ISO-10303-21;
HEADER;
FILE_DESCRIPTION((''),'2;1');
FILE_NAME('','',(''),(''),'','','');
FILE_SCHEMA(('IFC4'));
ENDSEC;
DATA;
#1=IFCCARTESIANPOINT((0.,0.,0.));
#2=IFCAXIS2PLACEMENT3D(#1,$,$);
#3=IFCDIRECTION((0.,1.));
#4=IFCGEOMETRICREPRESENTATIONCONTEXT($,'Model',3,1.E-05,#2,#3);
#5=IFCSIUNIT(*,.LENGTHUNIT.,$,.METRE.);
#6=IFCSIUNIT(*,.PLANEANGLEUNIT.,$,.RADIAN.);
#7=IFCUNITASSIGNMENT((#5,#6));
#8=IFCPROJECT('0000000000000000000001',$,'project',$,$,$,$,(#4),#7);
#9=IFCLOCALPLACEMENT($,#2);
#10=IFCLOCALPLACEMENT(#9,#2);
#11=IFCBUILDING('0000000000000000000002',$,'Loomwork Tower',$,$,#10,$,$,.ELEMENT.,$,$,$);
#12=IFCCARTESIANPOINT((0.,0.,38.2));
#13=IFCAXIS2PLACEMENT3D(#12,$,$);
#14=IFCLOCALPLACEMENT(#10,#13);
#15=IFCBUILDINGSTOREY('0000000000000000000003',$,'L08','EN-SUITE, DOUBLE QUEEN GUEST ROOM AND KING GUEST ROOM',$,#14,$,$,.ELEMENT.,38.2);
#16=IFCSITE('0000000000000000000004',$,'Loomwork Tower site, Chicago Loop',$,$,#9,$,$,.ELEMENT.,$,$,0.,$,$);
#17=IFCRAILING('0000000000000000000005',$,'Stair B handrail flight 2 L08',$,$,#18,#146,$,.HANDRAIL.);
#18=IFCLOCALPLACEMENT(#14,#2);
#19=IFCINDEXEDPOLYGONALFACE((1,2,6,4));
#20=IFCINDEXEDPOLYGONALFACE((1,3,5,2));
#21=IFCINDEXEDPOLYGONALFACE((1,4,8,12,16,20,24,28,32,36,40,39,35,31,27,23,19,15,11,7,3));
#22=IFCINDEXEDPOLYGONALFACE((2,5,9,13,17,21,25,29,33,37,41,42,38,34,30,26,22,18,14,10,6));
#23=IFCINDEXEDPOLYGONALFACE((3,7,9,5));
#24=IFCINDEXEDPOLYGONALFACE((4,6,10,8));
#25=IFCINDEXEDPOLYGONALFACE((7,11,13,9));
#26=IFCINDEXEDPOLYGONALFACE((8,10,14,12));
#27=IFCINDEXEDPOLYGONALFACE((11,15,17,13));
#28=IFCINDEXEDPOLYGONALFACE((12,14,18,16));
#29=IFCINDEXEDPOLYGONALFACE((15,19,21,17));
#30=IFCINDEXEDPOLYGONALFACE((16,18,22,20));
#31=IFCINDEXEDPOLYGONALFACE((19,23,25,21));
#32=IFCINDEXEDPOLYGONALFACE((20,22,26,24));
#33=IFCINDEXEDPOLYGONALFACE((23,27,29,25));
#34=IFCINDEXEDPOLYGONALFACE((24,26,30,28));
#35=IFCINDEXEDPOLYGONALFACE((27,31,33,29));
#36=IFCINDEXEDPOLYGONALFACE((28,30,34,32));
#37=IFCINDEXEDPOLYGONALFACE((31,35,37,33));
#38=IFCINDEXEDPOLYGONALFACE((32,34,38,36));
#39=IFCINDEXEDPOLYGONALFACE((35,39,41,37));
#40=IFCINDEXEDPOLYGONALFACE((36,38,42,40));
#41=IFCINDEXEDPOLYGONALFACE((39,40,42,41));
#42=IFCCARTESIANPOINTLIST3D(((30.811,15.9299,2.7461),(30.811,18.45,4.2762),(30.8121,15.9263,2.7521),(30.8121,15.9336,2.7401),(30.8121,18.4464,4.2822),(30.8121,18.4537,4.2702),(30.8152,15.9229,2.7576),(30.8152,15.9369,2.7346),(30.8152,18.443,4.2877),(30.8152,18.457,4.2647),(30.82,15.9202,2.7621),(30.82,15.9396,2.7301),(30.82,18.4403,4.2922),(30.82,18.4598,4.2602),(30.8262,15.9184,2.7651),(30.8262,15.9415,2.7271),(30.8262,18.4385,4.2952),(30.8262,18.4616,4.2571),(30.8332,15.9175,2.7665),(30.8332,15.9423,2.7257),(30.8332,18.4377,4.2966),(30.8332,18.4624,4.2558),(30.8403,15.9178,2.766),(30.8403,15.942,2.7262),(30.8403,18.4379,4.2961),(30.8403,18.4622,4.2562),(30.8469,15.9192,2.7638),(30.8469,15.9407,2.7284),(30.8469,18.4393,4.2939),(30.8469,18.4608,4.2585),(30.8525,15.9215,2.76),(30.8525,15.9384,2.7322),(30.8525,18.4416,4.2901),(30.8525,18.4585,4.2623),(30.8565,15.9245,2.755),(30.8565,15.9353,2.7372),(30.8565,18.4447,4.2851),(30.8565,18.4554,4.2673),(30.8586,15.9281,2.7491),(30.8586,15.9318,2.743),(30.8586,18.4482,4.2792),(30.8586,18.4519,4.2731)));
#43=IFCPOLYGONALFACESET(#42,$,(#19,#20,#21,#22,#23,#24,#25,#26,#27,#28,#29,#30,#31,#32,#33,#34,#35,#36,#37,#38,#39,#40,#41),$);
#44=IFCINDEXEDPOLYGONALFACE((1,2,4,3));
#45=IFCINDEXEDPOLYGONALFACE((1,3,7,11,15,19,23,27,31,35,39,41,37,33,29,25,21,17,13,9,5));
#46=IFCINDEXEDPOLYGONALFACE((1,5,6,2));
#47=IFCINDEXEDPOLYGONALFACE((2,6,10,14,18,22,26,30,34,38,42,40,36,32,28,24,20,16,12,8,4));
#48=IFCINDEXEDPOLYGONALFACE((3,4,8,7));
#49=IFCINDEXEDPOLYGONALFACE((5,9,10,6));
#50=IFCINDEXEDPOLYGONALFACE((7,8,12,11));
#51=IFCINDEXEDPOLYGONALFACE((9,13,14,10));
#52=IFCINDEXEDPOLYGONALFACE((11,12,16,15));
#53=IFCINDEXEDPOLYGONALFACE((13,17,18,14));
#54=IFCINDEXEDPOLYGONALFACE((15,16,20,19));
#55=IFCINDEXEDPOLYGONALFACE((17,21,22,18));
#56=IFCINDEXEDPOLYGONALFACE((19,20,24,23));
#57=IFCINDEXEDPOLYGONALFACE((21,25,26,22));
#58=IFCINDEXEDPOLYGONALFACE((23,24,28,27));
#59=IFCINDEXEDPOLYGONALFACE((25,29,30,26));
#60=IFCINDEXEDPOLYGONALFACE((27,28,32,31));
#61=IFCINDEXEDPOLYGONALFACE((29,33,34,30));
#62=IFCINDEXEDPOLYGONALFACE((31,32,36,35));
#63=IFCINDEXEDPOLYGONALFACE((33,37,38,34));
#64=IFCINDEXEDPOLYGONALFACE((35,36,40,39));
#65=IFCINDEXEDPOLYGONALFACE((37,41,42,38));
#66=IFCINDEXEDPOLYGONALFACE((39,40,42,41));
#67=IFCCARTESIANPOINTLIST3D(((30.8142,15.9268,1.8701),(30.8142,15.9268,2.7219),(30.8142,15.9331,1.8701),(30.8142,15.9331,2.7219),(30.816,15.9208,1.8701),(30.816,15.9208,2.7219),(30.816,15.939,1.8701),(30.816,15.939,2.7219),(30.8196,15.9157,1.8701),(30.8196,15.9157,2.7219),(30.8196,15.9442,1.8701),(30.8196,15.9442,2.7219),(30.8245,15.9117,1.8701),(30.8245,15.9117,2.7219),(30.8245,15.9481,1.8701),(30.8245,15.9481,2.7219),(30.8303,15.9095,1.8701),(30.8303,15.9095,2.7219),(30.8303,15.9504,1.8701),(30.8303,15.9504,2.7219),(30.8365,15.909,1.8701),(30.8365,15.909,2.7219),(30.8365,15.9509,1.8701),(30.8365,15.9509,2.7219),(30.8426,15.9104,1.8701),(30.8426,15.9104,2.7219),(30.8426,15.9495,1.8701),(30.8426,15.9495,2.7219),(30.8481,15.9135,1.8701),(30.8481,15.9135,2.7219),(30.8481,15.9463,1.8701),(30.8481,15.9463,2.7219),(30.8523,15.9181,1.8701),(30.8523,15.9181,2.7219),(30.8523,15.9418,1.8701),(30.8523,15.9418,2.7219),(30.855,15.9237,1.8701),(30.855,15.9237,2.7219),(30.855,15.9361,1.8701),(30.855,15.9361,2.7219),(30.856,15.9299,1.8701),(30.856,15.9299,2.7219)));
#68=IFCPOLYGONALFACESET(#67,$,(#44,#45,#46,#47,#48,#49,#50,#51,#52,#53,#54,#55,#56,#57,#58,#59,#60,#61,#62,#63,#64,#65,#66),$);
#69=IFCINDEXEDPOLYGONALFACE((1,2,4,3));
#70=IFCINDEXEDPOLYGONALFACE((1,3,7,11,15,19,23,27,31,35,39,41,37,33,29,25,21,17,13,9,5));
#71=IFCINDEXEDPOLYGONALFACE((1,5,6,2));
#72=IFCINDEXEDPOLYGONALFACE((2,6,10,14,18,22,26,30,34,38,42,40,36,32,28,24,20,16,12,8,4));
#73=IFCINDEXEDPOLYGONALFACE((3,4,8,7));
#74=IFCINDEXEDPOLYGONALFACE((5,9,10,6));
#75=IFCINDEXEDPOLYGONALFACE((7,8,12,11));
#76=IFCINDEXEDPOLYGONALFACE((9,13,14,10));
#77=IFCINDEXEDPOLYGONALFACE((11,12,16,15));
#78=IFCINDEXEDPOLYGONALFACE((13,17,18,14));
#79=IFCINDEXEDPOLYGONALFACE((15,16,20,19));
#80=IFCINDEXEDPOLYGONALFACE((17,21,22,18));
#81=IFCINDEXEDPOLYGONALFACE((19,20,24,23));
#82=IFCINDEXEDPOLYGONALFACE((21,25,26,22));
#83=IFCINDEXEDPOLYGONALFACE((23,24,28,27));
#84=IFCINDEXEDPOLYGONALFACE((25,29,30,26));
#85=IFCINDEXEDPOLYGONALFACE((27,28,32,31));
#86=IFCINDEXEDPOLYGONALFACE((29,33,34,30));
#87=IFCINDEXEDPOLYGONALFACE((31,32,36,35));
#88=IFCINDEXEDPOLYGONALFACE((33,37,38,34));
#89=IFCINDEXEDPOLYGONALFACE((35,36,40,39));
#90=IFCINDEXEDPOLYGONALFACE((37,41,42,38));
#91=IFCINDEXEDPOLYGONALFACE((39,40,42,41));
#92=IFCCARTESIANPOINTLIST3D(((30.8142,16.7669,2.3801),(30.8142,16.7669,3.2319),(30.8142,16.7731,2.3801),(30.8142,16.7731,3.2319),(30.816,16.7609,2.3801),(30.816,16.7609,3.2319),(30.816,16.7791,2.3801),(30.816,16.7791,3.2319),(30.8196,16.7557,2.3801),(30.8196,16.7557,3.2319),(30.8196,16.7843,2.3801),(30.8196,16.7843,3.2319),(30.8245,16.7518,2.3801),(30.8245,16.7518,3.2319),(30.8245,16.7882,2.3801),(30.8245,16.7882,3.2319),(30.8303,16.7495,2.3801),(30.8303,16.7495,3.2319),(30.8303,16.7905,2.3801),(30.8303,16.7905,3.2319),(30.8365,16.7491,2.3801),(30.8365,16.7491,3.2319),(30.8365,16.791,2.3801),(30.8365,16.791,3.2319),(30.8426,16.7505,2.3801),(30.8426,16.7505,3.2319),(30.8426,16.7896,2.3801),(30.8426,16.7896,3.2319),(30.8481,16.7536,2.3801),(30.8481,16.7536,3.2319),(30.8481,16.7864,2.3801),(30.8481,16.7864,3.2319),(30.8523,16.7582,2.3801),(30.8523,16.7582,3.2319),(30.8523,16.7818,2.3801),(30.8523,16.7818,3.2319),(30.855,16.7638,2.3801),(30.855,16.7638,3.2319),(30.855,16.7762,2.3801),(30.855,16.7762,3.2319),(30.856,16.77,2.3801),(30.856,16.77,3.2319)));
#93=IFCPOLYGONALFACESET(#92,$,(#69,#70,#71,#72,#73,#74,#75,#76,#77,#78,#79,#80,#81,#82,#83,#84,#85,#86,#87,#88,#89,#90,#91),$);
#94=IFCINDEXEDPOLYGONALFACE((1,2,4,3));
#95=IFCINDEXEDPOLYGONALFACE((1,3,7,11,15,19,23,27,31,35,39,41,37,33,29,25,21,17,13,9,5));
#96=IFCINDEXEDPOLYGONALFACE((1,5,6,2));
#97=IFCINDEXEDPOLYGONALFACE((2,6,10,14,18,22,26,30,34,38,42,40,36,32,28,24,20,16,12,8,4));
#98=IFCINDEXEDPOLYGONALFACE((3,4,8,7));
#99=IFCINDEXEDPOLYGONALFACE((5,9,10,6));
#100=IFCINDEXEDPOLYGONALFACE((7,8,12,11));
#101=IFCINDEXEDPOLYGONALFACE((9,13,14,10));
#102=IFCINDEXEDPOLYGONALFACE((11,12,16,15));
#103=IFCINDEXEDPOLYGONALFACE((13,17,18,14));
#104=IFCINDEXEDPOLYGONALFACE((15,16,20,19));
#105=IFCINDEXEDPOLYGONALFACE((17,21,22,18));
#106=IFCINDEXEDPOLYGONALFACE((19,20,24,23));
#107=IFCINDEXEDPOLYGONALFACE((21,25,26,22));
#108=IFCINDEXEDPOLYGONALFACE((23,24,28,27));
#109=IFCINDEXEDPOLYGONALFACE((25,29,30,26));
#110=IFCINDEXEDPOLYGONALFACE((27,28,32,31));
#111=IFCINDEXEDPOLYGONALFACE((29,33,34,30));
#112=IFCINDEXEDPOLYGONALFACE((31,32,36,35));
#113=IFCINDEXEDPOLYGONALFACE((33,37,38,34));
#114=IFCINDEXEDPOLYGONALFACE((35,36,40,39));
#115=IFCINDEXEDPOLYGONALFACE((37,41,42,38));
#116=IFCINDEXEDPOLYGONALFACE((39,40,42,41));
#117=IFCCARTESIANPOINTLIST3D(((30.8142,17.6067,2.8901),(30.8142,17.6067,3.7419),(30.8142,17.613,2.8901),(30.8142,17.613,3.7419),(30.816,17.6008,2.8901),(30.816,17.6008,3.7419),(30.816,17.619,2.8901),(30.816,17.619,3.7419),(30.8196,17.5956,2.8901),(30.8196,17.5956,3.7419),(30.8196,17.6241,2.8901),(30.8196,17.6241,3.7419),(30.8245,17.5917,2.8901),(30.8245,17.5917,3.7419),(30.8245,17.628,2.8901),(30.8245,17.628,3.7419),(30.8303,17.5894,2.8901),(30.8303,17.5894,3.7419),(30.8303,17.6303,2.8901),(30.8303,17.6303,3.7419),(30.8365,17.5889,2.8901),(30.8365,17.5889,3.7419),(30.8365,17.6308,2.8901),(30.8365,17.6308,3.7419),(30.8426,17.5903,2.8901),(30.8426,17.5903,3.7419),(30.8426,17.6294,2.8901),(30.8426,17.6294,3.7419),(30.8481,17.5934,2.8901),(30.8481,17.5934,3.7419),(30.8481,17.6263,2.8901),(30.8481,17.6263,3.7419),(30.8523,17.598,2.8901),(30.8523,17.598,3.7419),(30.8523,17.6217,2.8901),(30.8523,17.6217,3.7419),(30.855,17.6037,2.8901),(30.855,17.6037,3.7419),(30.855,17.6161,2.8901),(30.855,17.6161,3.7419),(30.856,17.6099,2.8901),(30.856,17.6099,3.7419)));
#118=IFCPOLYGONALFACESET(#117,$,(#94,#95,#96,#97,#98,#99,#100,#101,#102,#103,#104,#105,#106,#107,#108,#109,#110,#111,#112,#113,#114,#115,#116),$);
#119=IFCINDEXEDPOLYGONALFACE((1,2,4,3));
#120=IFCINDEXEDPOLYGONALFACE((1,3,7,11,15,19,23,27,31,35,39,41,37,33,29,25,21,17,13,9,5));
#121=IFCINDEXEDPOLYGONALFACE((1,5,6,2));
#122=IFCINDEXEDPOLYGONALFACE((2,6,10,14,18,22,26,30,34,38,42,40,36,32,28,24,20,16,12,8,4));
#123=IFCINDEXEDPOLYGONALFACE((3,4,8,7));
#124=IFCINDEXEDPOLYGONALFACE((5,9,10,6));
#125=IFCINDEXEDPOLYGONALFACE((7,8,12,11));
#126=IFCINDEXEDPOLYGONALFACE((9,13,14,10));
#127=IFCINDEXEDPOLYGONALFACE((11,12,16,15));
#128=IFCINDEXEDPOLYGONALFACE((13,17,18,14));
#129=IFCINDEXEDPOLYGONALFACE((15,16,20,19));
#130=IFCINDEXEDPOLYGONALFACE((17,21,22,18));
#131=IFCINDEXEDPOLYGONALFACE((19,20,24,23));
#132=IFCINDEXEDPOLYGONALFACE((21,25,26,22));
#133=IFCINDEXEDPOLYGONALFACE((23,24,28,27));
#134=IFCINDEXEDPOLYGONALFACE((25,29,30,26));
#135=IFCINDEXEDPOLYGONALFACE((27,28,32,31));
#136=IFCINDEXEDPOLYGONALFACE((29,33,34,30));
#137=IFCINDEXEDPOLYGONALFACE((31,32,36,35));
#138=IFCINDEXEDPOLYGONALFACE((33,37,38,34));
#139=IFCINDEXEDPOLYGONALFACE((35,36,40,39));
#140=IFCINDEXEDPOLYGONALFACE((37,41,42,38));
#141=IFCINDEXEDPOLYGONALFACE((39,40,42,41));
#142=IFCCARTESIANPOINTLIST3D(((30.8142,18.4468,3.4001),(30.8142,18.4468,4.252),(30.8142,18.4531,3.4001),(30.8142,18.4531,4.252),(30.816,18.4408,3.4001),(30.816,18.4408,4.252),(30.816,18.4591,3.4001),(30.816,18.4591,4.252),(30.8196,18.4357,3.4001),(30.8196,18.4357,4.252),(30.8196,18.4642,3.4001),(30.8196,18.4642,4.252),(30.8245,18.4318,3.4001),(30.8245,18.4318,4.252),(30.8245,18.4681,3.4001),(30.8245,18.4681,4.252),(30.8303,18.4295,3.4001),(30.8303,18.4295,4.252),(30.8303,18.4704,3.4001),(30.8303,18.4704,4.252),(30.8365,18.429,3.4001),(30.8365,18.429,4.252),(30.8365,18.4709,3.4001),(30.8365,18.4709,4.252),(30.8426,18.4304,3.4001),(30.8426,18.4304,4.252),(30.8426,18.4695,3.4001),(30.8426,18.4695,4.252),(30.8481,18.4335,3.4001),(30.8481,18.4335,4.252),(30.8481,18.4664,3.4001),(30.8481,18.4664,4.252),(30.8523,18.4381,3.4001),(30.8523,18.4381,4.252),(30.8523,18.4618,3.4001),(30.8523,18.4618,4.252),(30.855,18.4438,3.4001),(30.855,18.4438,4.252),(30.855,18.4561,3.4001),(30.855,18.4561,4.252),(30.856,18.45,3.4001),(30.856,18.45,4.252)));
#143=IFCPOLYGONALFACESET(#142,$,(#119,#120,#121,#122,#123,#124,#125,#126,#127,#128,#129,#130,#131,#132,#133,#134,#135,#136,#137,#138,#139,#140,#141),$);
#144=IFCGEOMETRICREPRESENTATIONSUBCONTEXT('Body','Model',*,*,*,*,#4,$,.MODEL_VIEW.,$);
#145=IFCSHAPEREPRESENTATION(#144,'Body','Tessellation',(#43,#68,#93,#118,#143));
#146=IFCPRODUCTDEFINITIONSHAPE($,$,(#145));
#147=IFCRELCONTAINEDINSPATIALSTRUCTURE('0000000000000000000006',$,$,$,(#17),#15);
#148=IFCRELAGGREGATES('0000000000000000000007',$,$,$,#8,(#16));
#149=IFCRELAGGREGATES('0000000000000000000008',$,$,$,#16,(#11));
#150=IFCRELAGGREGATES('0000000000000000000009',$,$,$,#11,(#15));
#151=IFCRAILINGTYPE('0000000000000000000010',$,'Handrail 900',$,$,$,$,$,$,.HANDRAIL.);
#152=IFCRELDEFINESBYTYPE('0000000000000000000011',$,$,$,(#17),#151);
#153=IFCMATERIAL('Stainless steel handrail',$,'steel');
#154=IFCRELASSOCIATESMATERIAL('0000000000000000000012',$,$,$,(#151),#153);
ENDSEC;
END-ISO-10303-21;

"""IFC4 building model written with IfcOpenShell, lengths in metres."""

from ifc_helpers import new_model, si_unit, direction, frame, origin, origin_2d, place, context, subcontext, project, spatial, circle, extrude, material, type_object, element, save


model = new_model("IFC4")

# Units and contexts
model_context = context("Model", 3, precision=1e-05, world=origin(), true_north=direction((0.0, 1.0)))
body_context = subcontext(model_context, "Body", "Model", "MODEL_VIEW")
ifc_project = project(units=[si_unit("LENGTHUNIT", "METRE"), si_unit("PLANEANGLEUNIT", "RADIAN")], contexts=[model_context])

# Site, building, storey
site_placement = place(None, origin())
site = spatial("IfcSite", under=ifc_project, at=site_placement, Name="Loomwork Tower site, Chicago Loop", CompositionType="ELEMENT", RefElevation=0.0)
building_placement = place(site_placement, origin())
building = spatial("IfcBuilding", under=site, at=building_placement, Name="Loomwork Tower", CompositionType="ELEMENT")
storey_placement = place(building_placement, frame((0.0, 0.0, 38.2)))
storey = spatial("IfcBuildingStorey", under=building, at=storey_placement, Name="L08", Description="EN-SUITE, DOUBLE QUEEN GUEST ROOM AND KING GUEST ROOM", CompositionType="ELEMENT", Elevation=38.2)

# Railing
ifc_material_1 = material(Name="Stainless steel handrail", Category="steel")
railing_type = type_object("IfcRailingType", Name="Handrail 900", PredefinedType="HANDRAIL", material=ifc_material_1)
railing_placement = place(storey_placement, frame((30.835, 15.9299, 1.8701)))
element("IfcRailing", 1, at=railing_placement, inside=storey, type_object=railing_type, Name="Stair B handrail flight 2 L08", PredefinedType="HANDRAIL", context=body_context, shape_type="SweptSolid", body=[
    extrude(circle(Radius=0.0239, at=origin_2d()), frame((0.0, 0.0, 0.876), z_axis=(0.0, 0.854785, 0.518982), x_axis=(-1.0, 0.0, 0.0)), (0.0, 0.0, 1.0), 2.9482),
    extrude(circle(Radius=0.021, at=origin_2d()), origin(), (0.0, 0.0, 1.0), 0.8518),
    extrude(circle(Radius=0.021, at=origin_2d()), frame((0.0, 0.8401, 0.51)), (0.0, 0.0, 1.0), 0.8518),
    extrude(circle(Radius=0.021, at=origin_2d()), frame((0.0, 1.6799, 1.02)), (0.0, 0.0, 1.0), 0.8518),
    extrude(circle(Radius=0.021, at=origin_2d()), frame((0.0, 2.52, 1.53)), (0.0, 0.0, 1.0), 0.8518),
])

save(model, "model.ifc")
